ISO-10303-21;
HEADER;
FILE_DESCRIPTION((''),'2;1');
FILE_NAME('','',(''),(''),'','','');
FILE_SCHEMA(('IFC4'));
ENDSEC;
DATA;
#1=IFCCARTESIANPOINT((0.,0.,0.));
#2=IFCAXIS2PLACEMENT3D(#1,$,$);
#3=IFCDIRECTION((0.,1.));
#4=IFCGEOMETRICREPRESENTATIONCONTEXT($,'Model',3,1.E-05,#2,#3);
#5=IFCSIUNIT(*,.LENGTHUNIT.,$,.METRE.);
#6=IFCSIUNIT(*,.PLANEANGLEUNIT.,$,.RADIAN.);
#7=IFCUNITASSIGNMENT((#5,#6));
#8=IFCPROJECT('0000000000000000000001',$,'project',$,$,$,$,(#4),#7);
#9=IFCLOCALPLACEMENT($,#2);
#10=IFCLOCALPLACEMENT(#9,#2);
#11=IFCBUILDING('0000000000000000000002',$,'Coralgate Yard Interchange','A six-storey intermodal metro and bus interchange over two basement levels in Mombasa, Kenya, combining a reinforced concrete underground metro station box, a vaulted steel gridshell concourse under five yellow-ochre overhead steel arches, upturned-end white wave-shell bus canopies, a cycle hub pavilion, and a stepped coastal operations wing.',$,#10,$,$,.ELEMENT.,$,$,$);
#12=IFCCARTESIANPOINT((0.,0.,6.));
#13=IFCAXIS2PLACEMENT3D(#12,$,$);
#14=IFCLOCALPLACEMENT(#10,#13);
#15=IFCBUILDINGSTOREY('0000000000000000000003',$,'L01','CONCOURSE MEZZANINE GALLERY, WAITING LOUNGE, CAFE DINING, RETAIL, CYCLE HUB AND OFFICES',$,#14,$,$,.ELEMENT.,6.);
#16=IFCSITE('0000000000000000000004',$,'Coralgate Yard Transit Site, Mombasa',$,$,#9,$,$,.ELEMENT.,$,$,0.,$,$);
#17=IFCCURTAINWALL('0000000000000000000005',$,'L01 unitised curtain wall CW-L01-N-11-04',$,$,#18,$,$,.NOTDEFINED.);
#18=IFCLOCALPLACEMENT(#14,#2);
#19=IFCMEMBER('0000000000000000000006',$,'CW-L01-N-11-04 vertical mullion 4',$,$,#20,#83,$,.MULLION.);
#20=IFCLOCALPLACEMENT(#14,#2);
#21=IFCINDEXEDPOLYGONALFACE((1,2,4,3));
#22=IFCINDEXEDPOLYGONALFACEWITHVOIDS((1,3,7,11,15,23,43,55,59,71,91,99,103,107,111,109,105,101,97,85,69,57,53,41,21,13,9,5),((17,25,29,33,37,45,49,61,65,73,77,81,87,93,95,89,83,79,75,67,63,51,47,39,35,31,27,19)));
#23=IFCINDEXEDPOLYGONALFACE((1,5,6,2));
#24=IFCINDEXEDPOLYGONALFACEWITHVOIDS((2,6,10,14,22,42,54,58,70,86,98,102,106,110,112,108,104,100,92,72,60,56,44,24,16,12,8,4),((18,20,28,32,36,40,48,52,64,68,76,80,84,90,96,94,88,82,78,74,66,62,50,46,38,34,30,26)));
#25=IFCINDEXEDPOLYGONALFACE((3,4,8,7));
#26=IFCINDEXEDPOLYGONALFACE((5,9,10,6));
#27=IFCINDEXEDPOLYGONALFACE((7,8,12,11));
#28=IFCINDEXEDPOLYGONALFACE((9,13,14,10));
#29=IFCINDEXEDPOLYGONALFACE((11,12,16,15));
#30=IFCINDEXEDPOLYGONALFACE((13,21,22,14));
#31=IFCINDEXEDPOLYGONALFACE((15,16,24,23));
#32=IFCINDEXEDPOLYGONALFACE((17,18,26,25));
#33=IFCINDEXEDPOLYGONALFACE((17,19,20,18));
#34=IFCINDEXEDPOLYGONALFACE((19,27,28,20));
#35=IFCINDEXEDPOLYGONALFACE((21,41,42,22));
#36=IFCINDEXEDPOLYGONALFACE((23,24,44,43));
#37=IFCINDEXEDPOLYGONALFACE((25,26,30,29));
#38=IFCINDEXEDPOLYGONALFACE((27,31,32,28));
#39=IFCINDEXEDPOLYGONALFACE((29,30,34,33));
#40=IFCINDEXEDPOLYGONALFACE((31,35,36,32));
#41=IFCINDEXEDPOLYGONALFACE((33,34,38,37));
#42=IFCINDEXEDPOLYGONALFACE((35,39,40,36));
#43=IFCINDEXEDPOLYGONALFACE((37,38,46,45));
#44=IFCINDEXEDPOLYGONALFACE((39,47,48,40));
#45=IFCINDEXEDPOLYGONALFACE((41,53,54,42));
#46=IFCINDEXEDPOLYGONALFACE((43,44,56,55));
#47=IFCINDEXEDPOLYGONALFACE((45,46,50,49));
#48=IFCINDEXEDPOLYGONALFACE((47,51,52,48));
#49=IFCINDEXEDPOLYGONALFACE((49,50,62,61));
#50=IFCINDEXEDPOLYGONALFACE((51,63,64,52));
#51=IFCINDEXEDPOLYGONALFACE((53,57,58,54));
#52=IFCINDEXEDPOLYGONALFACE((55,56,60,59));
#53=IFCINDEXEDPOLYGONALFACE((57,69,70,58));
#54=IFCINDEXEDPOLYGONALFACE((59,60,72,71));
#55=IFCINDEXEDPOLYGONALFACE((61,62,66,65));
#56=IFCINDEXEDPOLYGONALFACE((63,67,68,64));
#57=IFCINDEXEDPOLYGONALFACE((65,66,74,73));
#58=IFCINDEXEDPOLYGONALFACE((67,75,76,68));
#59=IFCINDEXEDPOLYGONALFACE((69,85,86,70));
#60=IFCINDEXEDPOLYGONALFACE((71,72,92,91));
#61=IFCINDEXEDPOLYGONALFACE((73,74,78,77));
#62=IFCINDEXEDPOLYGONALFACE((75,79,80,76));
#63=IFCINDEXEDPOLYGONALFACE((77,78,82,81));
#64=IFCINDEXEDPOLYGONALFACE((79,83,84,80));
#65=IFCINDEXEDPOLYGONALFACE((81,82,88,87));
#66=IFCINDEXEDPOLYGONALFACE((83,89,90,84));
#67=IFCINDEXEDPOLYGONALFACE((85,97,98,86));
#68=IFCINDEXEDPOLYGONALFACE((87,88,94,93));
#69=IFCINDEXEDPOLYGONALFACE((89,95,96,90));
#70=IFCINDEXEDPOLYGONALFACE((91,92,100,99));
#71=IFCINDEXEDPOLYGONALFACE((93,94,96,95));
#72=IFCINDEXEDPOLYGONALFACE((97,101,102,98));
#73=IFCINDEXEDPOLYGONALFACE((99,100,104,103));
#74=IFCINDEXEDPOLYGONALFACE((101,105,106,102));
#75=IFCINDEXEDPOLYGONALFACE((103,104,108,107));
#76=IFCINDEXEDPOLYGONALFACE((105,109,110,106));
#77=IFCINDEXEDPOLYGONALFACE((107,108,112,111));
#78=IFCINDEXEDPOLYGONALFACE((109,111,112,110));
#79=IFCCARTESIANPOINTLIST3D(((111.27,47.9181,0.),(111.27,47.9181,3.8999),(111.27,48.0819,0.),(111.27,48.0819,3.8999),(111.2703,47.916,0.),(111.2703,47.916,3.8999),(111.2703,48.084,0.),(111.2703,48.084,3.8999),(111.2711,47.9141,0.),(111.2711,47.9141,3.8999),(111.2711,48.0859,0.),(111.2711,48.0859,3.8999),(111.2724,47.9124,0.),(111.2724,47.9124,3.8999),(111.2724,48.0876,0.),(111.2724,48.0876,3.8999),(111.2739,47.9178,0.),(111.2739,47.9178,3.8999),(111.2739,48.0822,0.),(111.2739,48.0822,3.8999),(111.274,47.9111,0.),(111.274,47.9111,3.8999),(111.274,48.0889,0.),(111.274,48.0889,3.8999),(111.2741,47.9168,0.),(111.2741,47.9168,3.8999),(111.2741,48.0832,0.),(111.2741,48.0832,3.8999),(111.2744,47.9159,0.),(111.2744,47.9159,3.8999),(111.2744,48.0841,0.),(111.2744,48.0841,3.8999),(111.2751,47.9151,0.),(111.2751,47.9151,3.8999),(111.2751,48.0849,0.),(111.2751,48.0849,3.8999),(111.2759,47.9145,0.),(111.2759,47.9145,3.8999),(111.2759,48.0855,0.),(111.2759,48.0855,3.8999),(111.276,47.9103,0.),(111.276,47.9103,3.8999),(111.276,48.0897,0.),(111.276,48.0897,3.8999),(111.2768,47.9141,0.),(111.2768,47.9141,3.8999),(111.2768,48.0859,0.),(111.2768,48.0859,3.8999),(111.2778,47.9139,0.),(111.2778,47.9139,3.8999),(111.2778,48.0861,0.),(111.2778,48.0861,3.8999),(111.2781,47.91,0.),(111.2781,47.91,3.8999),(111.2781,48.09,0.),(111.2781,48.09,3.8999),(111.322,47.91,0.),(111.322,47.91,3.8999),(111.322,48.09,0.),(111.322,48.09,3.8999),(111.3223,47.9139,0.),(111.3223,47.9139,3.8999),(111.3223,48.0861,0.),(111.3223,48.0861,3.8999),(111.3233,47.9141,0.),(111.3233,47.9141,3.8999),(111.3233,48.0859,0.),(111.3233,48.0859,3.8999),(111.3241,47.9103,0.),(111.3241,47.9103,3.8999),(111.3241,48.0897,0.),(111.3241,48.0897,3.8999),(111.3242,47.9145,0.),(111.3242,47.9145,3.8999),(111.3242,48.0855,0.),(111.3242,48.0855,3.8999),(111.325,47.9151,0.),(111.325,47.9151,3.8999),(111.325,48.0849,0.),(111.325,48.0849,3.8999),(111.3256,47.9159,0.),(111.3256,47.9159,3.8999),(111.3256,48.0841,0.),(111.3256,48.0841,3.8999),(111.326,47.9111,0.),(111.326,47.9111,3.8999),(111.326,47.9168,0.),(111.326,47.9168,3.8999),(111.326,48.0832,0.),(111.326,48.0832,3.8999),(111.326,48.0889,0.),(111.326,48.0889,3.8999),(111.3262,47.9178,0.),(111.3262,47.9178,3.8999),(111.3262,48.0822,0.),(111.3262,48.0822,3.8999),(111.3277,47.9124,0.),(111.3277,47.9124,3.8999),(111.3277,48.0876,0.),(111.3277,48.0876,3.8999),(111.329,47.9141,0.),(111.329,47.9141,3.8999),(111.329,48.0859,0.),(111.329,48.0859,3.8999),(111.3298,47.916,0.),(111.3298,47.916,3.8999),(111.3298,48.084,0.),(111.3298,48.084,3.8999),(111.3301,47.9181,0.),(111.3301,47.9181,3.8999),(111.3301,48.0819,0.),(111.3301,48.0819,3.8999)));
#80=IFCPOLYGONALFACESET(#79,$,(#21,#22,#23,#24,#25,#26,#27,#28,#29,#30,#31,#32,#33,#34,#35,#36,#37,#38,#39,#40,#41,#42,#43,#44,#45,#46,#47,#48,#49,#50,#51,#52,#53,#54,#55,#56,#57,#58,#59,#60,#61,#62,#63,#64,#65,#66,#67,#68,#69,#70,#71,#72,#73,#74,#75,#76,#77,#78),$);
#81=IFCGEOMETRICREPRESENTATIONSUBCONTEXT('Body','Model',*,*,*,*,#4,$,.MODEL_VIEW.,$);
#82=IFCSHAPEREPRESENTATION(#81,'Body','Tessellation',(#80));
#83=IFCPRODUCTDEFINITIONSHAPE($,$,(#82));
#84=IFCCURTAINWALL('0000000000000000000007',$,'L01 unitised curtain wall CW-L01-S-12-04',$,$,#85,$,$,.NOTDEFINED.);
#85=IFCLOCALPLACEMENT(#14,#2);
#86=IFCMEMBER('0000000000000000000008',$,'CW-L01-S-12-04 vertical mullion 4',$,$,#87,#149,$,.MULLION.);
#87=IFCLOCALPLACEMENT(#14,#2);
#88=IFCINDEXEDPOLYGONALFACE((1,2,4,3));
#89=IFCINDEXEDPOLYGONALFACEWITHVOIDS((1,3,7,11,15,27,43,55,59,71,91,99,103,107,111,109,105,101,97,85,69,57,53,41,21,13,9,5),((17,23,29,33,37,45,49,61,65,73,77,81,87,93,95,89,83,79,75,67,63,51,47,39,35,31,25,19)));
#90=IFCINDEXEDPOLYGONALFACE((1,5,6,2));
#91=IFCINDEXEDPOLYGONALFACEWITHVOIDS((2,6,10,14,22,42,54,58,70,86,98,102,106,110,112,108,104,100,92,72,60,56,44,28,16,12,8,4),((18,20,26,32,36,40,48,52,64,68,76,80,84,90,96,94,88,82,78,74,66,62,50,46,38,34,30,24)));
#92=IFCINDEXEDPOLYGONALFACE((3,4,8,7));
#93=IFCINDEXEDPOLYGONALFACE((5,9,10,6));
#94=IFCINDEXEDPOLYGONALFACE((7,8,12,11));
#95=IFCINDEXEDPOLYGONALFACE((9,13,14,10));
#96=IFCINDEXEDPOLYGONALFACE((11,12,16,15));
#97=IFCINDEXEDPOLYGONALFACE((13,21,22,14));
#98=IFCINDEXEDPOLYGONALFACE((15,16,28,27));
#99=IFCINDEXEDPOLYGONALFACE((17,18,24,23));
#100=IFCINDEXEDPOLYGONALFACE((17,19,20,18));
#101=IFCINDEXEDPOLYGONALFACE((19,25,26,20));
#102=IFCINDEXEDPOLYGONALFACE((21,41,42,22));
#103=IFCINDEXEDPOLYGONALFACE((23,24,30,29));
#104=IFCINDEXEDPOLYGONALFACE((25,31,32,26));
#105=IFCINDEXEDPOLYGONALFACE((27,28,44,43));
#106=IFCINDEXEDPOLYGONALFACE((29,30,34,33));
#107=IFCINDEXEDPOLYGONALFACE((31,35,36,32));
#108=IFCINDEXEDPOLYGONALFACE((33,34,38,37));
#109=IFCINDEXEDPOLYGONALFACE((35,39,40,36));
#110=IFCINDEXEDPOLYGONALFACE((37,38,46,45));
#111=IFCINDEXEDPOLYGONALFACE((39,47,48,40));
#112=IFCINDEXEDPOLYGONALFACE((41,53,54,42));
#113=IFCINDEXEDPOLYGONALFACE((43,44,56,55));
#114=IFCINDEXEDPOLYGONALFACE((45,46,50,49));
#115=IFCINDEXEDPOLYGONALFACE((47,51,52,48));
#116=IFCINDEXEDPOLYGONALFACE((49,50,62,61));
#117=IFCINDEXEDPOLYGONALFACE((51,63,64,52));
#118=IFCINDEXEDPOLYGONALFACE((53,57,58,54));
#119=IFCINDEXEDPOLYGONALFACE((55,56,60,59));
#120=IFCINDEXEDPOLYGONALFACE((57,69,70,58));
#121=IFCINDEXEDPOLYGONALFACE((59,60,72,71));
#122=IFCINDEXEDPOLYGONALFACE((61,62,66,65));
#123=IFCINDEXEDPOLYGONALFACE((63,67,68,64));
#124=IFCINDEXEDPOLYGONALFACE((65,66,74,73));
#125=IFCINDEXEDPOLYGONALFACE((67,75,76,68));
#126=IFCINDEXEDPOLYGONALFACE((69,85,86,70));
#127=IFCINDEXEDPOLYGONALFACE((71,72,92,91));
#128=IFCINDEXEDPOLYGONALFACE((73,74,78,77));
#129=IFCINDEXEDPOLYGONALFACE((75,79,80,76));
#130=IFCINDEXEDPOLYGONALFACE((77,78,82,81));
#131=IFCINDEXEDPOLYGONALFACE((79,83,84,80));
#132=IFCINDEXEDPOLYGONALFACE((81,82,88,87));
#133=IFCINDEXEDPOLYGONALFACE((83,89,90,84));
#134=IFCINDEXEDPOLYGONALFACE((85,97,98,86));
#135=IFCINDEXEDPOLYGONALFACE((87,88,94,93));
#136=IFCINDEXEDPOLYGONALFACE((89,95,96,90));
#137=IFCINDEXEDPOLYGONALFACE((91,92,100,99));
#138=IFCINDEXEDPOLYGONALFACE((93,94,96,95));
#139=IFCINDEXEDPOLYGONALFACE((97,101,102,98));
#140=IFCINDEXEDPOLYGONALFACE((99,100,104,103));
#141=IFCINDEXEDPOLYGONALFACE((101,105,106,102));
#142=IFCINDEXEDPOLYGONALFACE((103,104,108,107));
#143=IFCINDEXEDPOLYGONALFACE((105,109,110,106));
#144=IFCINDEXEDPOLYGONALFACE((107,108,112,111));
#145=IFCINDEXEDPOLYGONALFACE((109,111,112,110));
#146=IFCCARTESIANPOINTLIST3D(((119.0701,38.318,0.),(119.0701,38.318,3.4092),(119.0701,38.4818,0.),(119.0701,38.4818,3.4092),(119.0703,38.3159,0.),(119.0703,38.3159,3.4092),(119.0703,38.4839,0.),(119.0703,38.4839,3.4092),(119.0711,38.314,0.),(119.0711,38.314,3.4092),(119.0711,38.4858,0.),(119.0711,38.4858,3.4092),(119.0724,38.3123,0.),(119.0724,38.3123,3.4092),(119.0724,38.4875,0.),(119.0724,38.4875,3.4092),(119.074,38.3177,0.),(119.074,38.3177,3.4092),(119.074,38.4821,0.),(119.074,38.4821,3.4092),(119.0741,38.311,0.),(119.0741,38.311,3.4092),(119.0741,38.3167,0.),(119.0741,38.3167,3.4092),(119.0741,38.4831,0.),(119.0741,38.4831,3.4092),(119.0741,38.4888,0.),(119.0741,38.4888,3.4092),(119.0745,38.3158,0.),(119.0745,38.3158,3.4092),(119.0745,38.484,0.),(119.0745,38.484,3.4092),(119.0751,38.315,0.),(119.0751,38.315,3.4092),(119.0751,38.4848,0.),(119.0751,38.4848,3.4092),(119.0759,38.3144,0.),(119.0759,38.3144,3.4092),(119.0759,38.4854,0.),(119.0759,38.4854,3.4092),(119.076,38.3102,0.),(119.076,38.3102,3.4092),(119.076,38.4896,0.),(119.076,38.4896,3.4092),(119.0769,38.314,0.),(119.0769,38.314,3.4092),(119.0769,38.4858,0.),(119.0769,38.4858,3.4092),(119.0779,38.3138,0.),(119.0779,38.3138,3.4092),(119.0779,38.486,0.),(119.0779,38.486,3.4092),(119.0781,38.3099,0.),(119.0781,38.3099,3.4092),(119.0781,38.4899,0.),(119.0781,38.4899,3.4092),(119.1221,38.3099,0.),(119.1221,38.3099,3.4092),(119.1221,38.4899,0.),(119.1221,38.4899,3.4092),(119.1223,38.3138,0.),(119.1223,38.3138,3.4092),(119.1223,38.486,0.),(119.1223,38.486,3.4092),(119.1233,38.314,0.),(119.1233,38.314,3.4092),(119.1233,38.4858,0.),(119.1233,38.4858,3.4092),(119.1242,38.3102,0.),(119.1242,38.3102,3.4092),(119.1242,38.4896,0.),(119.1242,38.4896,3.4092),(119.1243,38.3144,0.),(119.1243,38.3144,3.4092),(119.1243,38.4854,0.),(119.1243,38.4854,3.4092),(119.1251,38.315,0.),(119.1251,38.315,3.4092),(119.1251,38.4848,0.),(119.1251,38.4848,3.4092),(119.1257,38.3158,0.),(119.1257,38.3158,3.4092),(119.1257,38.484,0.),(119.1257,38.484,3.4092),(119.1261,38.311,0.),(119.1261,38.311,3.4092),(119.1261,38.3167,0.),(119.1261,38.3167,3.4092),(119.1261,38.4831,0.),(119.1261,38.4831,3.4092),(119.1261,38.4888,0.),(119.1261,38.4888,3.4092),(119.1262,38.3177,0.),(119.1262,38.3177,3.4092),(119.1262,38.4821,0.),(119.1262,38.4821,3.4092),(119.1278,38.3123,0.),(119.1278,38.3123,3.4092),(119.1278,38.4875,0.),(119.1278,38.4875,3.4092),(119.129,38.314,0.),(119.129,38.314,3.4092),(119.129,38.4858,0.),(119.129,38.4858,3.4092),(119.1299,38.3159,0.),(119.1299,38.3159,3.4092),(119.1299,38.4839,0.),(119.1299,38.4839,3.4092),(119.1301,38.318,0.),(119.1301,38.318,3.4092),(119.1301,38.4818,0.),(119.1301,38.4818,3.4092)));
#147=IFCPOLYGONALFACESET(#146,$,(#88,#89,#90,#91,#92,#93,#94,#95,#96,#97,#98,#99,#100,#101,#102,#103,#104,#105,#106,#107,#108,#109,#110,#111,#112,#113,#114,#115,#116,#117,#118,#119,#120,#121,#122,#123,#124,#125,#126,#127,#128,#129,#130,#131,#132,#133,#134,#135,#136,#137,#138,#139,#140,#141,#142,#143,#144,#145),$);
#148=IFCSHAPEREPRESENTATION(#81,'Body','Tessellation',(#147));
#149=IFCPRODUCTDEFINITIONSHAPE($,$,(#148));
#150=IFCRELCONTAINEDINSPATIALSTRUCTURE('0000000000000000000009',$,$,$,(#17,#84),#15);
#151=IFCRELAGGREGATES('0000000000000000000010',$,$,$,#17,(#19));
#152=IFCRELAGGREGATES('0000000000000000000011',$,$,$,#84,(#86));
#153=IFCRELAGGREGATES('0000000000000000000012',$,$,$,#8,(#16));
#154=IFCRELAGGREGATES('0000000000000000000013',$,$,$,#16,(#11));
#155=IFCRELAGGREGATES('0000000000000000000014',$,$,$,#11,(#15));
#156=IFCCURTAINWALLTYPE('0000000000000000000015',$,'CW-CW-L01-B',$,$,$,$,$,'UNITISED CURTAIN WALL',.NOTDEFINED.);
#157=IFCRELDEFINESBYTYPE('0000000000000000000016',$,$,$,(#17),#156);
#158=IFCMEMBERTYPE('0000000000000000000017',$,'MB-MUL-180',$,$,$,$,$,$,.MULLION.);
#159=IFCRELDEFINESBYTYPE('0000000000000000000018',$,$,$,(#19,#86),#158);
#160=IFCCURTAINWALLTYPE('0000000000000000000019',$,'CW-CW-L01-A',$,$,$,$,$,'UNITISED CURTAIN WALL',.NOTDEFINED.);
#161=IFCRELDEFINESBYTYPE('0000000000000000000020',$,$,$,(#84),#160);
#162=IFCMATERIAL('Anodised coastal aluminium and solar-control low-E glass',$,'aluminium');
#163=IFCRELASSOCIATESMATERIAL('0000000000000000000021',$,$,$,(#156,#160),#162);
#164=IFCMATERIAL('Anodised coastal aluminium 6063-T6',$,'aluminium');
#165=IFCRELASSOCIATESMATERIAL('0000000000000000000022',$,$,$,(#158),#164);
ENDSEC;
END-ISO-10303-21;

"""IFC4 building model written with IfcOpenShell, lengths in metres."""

from ifc_helpers import new_model, si_unit, direction, frame, origin, origin_2d, place, context, subcontext, project, spatial, hollow_rectangle, extrude, material, material_profile, profile_set, type_object, element, aggregate, save


model = new_model("IFC4")

# Units and contexts
model_context = context("Model", 3, precision=1e-05, world=origin(), true_north=direction((0.0, 1.0)))
body_context = subcontext(model_context, "Body", "Model", "MODEL_VIEW")
ifc_project = project(units=[si_unit("LENGTHUNIT", "METRE"), si_unit("PLANEANGLEUNIT", "RADIAN")], contexts=[model_context])

# Site, building, storey
site_placement = place(None, origin())
site = spatial("IfcSite", under=ifc_project, at=site_placement, Name="Coralgate Yard Transit Site, Mombasa", CompositionType="ELEMENT", RefElevation=0.0)
building_placement = place(site_placement, origin())
building = spatial("IfcBuilding", under=site, at=building_placement, Name="Coralgate Yard Interchange", Description="A six-storey intermodal metro and bus interchange over two basement levels in Mombasa, Kenya, combining a reinforced concrete underground metro station box, a vaulted steel gridshell concourse under five yellow-ochre overhead steel arches, upturned-end white wave-shell bus canopies, a cycle hub pavilion, and a stepped coastal operations wing.", CompositionType="ELEMENT")
storey_placement = place(building_placement, frame((0.0, 0.0, 6.0)))
storey = spatial("IfcBuildingStorey", under=building, at=storey_placement, Name="L01", Description="CONCOURSE MEZZANINE GALLERY, WAITING LOUNGE, CAFE DINING, RETAIL, CYCLE HUB AND OFFICES", CompositionType="ELEMENT", Elevation=6.0)

# Curtain wall, member
ifc_material_1 = material(Name="Anodised coastal aluminium and solar-control low-E glass", Category="aluminium")
curtain_wall_type_1 = type_object("IfcCurtainWallType", Name="CW-CW-L01-B", ElementType="UNITISED CURTAIN WALL", PredefinedType="NOTDEFINED", material=ifc_material_1)
curtain_wall_1_placement = place(storey_placement, origin())
curtain_wall_1 = element("IfcCurtainWall", 1, at=curtain_wall_1_placement, inside=storey, type_object=curtain_wall_type_1, Name="L01 unitised curtain wall CW-L01-N-11-04", PredefinedType="NOTDEFINED")
ifc_material_2 = material(Name="Anodised coastal aluminium 6063-T6", Category="aluminium")
ifc_material_profile_1 = material_profile(ifc_material_2, hollow_rectangle(XDim=0.0601, YDim=0.1799, WallThickness=0.0039, InnerFilletRadius=0.0039, OuterFilletRadius=0.0081, at=origin_2d()), Name="ALU 60x180x4")
ifc_profile_set_1 = profile_set([ifc_material_profile_1], Name="Anodised coastal aluminium 6063-T6")
member_type_1 = type_object("IfcMemberType", Name="MB-MUL-180", PredefinedType="MULLION", material=ifc_profile_set_1)
member_1_placement = place(storey_placement, frame((111.3, 48.0, 0.0), z_axis=(0.0, 0.0, 1.0), x_axis=(1.0, 0.0, 0.0)))
member_1 = element("IfcMember", 2, at=member_1_placement, type_object=member_type_1, Name="CW-L01-N-11-04 vertical mullion 4", PredefinedType="MULLION", context=body_context, shape_type="SweptSolid", body=[
    extrude(hollow_rectangle(XDim=0.0601, YDim=0.1799, WallThickness=0.0039, InnerFilletRadius=0.0039, OuterFilletRadius=0.0081, at=origin_2d()), origin(), (0.0, 0.0, 1.0), 3.8999),
])

# Curtain wall, member
curtain_wall_type_2 = type_object("IfcCurtainWallType", Name="CW-CW-L01-A", ElementType="UNITISED CURTAIN WALL", PredefinedType="NOTDEFINED", material=ifc_material_1)
curtain_wall_2_placement = place(storey_placement, origin())
curtain_wall_2 = element("IfcCurtainWall", 3, at=curtain_wall_2_placement, inside=storey, type_object=curtain_wall_type_2, Name="L01 unitised curtain wall CW-L01-S-12-04", PredefinedType="NOTDEFINED")
member_2_placement = place(storey_placement, frame((119.1001, 38.3999, 0.0), z_axis=(0.0, 0.0, 1.0), x_axis=(1.0, 0.0, 0.0)))
member_2 = element("IfcMember", 4, at=member_2_placement, type_object=member_type_1, Name="CW-L01-S-12-04 vertical mullion 4", PredefinedType="MULLION", context=body_context, shape_type="SweptSolid", body=[
    extrude(hollow_rectangle(XDim=0.0601, YDim=0.1799, WallThickness=0.0039, InnerFilletRadius=0.0039, OuterFilletRadius=0.0081, at=origin_2d()), origin(), (0.0, 0.0, 1.0), 3.4092),
])

aggregate(curtain_wall_1, [member_1])
aggregate(curtain_wall_2, [member_2])

save(model, "model.ifc")
